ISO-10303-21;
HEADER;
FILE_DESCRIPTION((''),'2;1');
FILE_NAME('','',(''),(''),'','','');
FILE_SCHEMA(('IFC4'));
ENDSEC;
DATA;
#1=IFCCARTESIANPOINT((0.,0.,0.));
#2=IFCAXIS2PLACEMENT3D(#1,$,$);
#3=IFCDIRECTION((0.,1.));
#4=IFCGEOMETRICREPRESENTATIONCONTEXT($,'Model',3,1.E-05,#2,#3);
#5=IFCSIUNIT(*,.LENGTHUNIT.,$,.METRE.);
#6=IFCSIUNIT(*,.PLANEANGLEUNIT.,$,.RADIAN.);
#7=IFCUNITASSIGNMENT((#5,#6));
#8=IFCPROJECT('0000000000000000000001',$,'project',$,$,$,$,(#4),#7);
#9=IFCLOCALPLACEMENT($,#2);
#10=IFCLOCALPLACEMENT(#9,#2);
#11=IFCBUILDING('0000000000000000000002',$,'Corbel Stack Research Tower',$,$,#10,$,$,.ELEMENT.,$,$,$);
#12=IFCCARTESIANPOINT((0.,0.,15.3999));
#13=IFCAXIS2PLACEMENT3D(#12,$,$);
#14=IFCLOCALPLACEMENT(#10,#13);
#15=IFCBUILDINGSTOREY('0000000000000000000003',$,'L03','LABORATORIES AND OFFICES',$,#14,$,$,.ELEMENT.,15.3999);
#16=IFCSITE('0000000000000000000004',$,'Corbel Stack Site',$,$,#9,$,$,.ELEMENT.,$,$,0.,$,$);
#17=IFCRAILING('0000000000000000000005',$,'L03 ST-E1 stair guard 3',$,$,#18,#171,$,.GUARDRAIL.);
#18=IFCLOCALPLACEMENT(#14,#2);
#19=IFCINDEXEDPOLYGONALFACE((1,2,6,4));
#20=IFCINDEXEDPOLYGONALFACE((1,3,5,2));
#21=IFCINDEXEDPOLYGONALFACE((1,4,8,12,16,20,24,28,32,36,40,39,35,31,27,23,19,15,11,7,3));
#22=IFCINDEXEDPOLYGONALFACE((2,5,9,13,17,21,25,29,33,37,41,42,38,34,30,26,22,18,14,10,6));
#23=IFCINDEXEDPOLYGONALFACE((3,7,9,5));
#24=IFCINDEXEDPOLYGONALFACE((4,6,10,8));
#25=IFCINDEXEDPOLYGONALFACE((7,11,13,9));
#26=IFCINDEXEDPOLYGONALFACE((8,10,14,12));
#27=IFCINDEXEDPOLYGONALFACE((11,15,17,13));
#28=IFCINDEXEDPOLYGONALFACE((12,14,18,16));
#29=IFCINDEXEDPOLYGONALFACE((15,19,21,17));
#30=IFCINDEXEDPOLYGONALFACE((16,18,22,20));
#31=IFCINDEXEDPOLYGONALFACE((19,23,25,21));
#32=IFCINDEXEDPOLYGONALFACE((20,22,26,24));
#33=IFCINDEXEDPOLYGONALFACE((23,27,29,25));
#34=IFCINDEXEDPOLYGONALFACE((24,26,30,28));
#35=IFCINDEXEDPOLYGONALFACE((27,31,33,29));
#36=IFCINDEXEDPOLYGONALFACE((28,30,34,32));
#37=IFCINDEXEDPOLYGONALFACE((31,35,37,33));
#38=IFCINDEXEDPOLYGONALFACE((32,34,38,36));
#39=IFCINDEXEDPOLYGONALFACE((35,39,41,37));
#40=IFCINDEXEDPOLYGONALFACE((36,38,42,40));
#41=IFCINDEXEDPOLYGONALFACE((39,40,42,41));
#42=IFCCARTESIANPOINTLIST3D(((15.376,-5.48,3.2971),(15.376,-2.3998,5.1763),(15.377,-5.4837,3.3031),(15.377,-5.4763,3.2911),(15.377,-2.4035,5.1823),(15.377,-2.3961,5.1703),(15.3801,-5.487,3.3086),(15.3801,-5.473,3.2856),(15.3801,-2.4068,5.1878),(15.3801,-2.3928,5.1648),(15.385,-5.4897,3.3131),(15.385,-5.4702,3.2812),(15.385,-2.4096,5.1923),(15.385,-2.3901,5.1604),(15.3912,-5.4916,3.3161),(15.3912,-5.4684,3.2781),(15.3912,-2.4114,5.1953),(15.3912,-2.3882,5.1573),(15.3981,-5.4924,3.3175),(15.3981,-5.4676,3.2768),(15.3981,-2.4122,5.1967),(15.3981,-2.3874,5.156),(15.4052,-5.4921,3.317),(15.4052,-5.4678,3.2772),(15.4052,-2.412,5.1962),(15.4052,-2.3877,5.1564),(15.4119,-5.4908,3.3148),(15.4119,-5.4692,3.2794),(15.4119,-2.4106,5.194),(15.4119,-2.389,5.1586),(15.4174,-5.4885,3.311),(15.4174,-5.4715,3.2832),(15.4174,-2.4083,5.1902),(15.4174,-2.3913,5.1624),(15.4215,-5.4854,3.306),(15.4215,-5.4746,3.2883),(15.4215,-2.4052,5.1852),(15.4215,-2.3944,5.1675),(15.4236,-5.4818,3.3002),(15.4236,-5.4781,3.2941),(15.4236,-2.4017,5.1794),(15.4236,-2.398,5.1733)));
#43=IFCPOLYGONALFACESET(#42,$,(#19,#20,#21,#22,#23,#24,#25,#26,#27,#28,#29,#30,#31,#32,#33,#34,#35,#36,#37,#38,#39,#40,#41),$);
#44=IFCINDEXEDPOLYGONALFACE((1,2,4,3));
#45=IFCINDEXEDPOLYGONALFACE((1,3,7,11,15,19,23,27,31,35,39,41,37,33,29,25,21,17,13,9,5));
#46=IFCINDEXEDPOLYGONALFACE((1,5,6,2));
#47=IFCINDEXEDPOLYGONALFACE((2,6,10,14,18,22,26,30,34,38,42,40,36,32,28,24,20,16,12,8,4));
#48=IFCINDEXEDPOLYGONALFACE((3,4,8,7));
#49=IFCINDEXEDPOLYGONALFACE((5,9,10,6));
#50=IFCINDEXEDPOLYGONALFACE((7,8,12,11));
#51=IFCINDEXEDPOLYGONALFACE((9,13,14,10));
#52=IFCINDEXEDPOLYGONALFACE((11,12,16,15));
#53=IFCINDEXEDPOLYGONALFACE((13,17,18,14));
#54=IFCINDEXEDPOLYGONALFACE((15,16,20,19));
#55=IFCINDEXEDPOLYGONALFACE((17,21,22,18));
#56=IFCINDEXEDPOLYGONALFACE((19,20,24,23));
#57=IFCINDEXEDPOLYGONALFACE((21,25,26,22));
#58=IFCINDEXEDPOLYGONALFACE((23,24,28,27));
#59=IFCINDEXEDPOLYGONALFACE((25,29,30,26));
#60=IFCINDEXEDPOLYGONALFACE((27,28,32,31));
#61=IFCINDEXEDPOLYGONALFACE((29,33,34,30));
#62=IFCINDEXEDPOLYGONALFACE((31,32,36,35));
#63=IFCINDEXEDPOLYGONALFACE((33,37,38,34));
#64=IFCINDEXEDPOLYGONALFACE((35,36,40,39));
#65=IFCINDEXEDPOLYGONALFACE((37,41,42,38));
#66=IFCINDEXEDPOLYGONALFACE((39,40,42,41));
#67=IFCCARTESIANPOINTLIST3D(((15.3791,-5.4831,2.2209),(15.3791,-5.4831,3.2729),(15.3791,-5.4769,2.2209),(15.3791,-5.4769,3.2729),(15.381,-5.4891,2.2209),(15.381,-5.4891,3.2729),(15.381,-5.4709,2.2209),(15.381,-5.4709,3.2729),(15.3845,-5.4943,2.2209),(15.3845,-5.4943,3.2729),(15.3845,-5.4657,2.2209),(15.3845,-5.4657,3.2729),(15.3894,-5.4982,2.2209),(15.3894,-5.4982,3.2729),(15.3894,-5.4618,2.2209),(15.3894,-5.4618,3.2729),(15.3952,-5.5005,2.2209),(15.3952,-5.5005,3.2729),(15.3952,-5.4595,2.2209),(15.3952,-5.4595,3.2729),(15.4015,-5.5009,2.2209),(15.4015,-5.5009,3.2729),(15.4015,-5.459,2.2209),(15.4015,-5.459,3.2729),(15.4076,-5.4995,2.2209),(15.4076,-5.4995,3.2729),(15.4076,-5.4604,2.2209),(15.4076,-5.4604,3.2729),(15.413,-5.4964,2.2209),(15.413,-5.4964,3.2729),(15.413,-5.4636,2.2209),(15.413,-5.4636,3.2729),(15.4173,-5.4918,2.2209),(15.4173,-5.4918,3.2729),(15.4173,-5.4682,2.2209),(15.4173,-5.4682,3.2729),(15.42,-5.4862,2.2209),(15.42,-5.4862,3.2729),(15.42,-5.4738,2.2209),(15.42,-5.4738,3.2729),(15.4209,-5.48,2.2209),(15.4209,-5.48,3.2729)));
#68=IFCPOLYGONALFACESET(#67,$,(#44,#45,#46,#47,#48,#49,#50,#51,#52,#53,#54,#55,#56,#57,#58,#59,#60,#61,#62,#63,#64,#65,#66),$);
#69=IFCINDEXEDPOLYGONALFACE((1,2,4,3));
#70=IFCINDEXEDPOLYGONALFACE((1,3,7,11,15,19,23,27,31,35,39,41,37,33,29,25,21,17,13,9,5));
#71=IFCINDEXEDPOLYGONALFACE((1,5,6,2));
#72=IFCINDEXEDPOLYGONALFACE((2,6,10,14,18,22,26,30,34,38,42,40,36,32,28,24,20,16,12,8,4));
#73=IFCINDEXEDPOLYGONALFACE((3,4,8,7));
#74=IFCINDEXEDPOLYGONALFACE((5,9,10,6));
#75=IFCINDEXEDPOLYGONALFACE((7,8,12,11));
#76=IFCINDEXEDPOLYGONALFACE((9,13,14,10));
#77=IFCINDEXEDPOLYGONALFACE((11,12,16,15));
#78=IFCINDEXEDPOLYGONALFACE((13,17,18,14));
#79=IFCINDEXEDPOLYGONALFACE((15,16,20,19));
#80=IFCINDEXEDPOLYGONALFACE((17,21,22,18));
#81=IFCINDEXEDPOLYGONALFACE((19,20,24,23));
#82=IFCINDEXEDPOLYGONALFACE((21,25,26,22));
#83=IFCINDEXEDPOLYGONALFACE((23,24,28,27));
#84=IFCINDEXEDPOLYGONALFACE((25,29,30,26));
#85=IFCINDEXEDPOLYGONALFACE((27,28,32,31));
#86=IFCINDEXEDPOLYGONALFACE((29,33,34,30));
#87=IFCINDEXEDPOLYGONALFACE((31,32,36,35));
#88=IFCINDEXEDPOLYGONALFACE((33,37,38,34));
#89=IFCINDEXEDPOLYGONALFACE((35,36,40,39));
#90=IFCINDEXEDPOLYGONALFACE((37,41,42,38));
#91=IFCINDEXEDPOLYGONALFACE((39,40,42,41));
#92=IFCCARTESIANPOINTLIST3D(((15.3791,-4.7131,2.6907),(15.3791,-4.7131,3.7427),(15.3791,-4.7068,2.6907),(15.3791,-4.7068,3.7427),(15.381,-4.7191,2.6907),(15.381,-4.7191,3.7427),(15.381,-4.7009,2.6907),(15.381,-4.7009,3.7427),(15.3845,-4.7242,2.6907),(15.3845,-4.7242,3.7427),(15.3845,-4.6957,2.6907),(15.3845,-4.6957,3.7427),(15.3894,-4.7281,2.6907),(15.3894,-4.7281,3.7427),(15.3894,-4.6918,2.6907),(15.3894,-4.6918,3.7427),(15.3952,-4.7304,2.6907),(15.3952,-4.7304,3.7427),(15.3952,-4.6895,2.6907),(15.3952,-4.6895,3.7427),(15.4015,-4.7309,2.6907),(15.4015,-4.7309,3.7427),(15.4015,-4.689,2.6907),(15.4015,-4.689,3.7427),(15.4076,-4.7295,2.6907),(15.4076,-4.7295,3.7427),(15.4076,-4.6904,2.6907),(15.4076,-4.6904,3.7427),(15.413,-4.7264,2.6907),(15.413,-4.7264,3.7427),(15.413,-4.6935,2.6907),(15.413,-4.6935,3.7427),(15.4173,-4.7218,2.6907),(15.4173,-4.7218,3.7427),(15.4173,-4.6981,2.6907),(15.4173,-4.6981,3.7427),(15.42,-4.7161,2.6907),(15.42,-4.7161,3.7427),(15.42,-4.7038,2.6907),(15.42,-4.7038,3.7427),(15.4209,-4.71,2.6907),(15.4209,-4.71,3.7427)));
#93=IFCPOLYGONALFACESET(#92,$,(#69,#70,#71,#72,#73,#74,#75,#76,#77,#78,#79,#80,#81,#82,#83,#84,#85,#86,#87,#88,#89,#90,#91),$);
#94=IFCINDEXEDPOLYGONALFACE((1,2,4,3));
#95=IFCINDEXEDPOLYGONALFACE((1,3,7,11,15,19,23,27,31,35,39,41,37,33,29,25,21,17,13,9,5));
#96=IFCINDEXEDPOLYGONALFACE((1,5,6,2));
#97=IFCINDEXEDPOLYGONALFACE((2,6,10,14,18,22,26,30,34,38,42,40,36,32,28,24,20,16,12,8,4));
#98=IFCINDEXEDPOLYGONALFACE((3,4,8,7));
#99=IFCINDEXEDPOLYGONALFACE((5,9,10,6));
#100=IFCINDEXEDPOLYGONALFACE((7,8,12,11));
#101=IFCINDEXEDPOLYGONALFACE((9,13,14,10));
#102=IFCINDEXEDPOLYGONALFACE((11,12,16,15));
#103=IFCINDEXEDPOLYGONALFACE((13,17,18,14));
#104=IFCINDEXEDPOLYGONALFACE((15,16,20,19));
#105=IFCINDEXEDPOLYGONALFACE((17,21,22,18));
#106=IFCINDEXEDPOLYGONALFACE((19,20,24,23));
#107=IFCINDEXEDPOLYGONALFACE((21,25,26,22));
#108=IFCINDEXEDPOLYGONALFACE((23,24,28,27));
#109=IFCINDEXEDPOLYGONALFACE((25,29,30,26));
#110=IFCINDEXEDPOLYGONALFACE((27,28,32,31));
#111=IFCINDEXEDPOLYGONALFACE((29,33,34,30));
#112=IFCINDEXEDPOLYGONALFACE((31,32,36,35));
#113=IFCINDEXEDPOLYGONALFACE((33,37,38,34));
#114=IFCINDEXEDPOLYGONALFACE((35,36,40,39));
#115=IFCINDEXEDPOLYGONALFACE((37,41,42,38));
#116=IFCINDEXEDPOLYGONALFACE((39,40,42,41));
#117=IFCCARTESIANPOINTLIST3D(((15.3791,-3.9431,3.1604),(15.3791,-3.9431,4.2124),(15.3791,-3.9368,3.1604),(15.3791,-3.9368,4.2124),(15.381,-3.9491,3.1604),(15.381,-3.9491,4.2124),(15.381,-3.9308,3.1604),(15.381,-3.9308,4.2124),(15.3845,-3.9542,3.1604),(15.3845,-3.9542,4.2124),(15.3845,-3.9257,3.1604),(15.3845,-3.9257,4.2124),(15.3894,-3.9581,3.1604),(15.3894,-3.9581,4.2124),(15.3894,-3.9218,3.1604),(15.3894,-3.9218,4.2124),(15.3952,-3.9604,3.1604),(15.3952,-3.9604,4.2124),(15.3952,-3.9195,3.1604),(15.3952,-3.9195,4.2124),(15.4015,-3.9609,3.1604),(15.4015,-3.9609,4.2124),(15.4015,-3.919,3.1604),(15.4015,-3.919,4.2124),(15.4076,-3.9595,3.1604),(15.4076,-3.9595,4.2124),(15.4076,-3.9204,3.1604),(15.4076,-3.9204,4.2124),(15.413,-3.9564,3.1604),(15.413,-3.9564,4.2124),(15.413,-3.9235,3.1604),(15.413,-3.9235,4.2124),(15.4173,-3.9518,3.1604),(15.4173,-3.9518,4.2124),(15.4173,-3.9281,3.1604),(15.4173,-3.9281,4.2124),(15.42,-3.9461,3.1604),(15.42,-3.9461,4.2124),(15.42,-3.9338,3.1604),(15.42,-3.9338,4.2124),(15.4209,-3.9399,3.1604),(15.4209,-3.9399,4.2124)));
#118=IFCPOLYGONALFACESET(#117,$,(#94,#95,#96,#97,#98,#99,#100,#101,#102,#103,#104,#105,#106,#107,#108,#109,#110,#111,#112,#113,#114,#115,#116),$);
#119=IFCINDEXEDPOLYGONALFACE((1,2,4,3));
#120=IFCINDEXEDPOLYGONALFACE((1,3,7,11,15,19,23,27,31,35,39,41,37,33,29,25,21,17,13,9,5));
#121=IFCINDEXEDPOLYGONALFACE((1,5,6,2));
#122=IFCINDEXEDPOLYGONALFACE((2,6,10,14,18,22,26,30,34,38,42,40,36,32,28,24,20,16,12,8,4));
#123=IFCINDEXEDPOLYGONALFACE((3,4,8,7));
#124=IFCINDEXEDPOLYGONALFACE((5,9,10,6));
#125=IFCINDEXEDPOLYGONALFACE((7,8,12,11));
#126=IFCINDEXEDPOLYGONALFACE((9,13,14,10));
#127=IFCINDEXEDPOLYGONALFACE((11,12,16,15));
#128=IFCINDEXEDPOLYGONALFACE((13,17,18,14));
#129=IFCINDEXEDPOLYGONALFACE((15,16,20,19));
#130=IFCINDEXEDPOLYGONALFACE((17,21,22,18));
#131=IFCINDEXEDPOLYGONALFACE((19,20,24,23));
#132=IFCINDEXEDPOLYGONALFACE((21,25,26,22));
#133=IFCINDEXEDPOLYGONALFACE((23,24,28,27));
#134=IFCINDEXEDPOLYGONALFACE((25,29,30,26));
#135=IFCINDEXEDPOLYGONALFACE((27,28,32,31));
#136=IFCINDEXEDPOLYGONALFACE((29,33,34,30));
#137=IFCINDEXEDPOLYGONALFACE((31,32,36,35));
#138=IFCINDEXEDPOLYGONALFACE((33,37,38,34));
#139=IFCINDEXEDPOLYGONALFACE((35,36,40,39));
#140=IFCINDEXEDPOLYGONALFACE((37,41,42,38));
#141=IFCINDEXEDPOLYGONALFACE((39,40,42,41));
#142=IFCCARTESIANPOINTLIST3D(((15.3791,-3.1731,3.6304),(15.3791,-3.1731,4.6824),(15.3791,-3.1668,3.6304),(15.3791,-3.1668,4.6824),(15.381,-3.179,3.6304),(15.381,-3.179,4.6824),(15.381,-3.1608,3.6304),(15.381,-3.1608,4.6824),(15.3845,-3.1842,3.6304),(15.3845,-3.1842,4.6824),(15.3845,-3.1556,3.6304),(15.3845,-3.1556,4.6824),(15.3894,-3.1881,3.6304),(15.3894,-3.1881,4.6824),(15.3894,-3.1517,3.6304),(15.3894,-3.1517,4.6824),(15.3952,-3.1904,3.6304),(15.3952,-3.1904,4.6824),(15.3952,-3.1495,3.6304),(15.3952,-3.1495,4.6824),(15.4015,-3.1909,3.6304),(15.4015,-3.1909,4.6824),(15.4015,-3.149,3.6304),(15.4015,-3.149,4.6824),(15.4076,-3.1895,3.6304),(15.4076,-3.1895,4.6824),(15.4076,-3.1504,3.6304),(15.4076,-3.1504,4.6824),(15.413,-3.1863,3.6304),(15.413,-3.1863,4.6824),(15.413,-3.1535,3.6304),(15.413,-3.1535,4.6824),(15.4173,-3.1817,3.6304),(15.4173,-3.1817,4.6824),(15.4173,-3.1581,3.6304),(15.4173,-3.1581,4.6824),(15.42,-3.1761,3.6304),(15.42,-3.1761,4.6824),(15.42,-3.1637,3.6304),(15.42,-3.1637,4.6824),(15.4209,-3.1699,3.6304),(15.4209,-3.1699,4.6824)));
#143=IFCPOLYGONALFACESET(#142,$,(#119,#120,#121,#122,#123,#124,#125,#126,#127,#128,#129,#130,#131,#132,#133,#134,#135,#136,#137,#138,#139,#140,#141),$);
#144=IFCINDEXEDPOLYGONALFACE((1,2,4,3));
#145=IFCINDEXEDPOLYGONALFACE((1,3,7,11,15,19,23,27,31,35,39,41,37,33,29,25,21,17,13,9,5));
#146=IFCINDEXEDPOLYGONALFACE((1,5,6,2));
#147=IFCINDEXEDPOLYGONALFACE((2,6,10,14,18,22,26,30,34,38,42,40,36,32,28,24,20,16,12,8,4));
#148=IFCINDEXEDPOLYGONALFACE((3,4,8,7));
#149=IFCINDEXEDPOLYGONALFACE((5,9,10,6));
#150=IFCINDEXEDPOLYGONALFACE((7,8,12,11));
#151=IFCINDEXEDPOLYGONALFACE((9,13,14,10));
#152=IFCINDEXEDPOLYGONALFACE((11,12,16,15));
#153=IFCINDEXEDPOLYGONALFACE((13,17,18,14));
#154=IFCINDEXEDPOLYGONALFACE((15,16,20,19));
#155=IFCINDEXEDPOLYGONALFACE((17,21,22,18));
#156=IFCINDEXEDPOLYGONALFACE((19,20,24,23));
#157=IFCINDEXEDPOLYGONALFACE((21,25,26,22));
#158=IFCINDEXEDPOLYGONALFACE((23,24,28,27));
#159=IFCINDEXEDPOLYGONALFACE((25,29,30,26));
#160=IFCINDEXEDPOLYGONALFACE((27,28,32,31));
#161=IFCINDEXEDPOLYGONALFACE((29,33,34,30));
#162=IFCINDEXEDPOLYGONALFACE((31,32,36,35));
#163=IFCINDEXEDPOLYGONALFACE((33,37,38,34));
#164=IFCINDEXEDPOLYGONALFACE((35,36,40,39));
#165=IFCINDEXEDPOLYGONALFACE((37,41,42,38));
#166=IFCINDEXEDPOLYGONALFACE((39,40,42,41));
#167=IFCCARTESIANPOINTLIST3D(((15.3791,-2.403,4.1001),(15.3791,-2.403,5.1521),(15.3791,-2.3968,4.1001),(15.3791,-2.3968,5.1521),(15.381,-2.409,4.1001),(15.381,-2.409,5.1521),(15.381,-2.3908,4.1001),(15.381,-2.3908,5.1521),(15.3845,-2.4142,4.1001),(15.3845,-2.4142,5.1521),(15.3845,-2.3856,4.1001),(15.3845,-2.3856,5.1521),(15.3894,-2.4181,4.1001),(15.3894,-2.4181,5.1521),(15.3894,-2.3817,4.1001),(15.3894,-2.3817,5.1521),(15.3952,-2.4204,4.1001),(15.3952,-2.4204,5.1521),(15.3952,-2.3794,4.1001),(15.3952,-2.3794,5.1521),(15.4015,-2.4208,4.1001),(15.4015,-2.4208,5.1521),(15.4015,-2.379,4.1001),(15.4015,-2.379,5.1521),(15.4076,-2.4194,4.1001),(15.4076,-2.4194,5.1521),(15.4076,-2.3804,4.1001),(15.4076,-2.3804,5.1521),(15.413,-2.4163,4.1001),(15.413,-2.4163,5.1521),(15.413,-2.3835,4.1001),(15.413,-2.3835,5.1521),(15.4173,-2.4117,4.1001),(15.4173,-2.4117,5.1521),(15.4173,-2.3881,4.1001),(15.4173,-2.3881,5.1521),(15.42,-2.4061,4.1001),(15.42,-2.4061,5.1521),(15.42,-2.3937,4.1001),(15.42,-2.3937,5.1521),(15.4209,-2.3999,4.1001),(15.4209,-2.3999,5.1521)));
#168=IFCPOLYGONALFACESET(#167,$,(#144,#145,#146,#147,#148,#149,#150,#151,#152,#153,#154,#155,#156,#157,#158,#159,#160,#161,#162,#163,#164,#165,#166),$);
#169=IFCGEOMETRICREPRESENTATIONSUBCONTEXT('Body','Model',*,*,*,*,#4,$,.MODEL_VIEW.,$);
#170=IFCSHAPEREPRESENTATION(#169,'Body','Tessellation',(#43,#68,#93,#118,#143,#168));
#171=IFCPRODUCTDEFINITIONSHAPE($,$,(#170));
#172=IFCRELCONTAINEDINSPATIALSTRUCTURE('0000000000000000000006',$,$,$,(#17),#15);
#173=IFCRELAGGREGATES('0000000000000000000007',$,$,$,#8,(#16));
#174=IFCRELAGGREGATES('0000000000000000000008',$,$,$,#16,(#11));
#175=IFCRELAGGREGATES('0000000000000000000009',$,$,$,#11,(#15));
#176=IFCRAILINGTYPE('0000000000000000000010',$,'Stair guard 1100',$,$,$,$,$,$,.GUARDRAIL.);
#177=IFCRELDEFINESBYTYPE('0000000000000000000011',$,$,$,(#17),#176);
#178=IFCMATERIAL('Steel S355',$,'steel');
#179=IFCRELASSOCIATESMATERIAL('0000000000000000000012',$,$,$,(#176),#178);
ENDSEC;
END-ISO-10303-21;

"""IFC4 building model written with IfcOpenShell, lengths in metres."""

from ifc_helpers import new_model, si_unit, direction, frame, origin, origin_2d, place, context, subcontext, project, spatial, circle, extrude, material, type_object, element, save


model = new_model("IFC4")

# Units and contexts
model_context = context("Model", 3, precision=1e-05, world=origin(), true_north=direction((0.0, 1.0)))
body_context = subcontext(model_context, "Body", "Model", "MODEL_VIEW")
ifc_project = project(units=[si_unit("LENGTHUNIT", "METRE"), si_unit("PLANEANGLEUNIT", "RADIAN")], contexts=[model_context])

# Site, building, storey
site_placement = place(None, origin())
site = spatial("IfcSite", under=ifc_project, at=site_placement, Name="Corbel Stack Site", CompositionType="ELEMENT", RefElevation=0.0)
building_placement = place(site_placement, origin())
building = spatial("IfcBuilding", under=site, at=building_placement, Name="Corbel Stack Research Tower", CompositionType="ELEMENT")
storey_placement = place(building_placement, frame((0.0, 0.0, 15.3999)))
storey = spatial("IfcBuildingStorey", under=building, at=storey_placement, Name="L03", Description="LABORATORIES AND OFFICES", CompositionType="ELEMENT", Elevation=15.3999)

# Railing
ifc_material_1 = material(Name="Steel S355", Category="steel")
railing_type_1 = type_object("IfcRailingType", Name="Stair guard 1100", PredefinedType="GUARDRAIL", material=ifc_material_1)
railing_1_placement = place(storey_placement, frame((15.3999, -5.48, 2.2209)))
element("IfcRailing", 1, at=railing_1_placement, inside=storey, type_object=railing_type_1, Name="L03 ST-E1 stair guard 3", PredefinedType="GUARDRAIL", context=body_context, shape_type="SweptSolid", body=[
    extrude(circle(Radius=0.0239, at=origin_2d()), frame((0.0, 0.0, 1.0762), z_axis=(0.0, 0.853666, 0.52082), x_axis=(-1.0, 0.0, 0.0)), (0.0, 0.0, 1.0), 3.6082),
    extrude(circle(Radius=0.021, at=origin_2d()), origin(), (0.0, 0.0, 1.0), 1.052),
    extrude(circle(Radius=0.021, at=origin_2d()), frame((0.0, 0.77, 0.4697)), (0.0, 0.0, 1.0), 1.052),
    extrude(circle(Radius=0.021, at=origin_2d()), frame((0.0, 1.54, 0.9395)), (0.0, 0.0, 1.0), 1.052),
    extrude(circle(Radius=0.021, at=origin_2d()), frame((0.0, 2.3101, 1.4094)), (0.0, 0.0, 1.0), 1.052),
    extrude(circle(Radius=0.021, at=origin_2d()), frame((0.0, 3.0801, 1.8792)), (0.0, 0.0, 1.0), 1.052),
])

save(model, "model.ifc")
